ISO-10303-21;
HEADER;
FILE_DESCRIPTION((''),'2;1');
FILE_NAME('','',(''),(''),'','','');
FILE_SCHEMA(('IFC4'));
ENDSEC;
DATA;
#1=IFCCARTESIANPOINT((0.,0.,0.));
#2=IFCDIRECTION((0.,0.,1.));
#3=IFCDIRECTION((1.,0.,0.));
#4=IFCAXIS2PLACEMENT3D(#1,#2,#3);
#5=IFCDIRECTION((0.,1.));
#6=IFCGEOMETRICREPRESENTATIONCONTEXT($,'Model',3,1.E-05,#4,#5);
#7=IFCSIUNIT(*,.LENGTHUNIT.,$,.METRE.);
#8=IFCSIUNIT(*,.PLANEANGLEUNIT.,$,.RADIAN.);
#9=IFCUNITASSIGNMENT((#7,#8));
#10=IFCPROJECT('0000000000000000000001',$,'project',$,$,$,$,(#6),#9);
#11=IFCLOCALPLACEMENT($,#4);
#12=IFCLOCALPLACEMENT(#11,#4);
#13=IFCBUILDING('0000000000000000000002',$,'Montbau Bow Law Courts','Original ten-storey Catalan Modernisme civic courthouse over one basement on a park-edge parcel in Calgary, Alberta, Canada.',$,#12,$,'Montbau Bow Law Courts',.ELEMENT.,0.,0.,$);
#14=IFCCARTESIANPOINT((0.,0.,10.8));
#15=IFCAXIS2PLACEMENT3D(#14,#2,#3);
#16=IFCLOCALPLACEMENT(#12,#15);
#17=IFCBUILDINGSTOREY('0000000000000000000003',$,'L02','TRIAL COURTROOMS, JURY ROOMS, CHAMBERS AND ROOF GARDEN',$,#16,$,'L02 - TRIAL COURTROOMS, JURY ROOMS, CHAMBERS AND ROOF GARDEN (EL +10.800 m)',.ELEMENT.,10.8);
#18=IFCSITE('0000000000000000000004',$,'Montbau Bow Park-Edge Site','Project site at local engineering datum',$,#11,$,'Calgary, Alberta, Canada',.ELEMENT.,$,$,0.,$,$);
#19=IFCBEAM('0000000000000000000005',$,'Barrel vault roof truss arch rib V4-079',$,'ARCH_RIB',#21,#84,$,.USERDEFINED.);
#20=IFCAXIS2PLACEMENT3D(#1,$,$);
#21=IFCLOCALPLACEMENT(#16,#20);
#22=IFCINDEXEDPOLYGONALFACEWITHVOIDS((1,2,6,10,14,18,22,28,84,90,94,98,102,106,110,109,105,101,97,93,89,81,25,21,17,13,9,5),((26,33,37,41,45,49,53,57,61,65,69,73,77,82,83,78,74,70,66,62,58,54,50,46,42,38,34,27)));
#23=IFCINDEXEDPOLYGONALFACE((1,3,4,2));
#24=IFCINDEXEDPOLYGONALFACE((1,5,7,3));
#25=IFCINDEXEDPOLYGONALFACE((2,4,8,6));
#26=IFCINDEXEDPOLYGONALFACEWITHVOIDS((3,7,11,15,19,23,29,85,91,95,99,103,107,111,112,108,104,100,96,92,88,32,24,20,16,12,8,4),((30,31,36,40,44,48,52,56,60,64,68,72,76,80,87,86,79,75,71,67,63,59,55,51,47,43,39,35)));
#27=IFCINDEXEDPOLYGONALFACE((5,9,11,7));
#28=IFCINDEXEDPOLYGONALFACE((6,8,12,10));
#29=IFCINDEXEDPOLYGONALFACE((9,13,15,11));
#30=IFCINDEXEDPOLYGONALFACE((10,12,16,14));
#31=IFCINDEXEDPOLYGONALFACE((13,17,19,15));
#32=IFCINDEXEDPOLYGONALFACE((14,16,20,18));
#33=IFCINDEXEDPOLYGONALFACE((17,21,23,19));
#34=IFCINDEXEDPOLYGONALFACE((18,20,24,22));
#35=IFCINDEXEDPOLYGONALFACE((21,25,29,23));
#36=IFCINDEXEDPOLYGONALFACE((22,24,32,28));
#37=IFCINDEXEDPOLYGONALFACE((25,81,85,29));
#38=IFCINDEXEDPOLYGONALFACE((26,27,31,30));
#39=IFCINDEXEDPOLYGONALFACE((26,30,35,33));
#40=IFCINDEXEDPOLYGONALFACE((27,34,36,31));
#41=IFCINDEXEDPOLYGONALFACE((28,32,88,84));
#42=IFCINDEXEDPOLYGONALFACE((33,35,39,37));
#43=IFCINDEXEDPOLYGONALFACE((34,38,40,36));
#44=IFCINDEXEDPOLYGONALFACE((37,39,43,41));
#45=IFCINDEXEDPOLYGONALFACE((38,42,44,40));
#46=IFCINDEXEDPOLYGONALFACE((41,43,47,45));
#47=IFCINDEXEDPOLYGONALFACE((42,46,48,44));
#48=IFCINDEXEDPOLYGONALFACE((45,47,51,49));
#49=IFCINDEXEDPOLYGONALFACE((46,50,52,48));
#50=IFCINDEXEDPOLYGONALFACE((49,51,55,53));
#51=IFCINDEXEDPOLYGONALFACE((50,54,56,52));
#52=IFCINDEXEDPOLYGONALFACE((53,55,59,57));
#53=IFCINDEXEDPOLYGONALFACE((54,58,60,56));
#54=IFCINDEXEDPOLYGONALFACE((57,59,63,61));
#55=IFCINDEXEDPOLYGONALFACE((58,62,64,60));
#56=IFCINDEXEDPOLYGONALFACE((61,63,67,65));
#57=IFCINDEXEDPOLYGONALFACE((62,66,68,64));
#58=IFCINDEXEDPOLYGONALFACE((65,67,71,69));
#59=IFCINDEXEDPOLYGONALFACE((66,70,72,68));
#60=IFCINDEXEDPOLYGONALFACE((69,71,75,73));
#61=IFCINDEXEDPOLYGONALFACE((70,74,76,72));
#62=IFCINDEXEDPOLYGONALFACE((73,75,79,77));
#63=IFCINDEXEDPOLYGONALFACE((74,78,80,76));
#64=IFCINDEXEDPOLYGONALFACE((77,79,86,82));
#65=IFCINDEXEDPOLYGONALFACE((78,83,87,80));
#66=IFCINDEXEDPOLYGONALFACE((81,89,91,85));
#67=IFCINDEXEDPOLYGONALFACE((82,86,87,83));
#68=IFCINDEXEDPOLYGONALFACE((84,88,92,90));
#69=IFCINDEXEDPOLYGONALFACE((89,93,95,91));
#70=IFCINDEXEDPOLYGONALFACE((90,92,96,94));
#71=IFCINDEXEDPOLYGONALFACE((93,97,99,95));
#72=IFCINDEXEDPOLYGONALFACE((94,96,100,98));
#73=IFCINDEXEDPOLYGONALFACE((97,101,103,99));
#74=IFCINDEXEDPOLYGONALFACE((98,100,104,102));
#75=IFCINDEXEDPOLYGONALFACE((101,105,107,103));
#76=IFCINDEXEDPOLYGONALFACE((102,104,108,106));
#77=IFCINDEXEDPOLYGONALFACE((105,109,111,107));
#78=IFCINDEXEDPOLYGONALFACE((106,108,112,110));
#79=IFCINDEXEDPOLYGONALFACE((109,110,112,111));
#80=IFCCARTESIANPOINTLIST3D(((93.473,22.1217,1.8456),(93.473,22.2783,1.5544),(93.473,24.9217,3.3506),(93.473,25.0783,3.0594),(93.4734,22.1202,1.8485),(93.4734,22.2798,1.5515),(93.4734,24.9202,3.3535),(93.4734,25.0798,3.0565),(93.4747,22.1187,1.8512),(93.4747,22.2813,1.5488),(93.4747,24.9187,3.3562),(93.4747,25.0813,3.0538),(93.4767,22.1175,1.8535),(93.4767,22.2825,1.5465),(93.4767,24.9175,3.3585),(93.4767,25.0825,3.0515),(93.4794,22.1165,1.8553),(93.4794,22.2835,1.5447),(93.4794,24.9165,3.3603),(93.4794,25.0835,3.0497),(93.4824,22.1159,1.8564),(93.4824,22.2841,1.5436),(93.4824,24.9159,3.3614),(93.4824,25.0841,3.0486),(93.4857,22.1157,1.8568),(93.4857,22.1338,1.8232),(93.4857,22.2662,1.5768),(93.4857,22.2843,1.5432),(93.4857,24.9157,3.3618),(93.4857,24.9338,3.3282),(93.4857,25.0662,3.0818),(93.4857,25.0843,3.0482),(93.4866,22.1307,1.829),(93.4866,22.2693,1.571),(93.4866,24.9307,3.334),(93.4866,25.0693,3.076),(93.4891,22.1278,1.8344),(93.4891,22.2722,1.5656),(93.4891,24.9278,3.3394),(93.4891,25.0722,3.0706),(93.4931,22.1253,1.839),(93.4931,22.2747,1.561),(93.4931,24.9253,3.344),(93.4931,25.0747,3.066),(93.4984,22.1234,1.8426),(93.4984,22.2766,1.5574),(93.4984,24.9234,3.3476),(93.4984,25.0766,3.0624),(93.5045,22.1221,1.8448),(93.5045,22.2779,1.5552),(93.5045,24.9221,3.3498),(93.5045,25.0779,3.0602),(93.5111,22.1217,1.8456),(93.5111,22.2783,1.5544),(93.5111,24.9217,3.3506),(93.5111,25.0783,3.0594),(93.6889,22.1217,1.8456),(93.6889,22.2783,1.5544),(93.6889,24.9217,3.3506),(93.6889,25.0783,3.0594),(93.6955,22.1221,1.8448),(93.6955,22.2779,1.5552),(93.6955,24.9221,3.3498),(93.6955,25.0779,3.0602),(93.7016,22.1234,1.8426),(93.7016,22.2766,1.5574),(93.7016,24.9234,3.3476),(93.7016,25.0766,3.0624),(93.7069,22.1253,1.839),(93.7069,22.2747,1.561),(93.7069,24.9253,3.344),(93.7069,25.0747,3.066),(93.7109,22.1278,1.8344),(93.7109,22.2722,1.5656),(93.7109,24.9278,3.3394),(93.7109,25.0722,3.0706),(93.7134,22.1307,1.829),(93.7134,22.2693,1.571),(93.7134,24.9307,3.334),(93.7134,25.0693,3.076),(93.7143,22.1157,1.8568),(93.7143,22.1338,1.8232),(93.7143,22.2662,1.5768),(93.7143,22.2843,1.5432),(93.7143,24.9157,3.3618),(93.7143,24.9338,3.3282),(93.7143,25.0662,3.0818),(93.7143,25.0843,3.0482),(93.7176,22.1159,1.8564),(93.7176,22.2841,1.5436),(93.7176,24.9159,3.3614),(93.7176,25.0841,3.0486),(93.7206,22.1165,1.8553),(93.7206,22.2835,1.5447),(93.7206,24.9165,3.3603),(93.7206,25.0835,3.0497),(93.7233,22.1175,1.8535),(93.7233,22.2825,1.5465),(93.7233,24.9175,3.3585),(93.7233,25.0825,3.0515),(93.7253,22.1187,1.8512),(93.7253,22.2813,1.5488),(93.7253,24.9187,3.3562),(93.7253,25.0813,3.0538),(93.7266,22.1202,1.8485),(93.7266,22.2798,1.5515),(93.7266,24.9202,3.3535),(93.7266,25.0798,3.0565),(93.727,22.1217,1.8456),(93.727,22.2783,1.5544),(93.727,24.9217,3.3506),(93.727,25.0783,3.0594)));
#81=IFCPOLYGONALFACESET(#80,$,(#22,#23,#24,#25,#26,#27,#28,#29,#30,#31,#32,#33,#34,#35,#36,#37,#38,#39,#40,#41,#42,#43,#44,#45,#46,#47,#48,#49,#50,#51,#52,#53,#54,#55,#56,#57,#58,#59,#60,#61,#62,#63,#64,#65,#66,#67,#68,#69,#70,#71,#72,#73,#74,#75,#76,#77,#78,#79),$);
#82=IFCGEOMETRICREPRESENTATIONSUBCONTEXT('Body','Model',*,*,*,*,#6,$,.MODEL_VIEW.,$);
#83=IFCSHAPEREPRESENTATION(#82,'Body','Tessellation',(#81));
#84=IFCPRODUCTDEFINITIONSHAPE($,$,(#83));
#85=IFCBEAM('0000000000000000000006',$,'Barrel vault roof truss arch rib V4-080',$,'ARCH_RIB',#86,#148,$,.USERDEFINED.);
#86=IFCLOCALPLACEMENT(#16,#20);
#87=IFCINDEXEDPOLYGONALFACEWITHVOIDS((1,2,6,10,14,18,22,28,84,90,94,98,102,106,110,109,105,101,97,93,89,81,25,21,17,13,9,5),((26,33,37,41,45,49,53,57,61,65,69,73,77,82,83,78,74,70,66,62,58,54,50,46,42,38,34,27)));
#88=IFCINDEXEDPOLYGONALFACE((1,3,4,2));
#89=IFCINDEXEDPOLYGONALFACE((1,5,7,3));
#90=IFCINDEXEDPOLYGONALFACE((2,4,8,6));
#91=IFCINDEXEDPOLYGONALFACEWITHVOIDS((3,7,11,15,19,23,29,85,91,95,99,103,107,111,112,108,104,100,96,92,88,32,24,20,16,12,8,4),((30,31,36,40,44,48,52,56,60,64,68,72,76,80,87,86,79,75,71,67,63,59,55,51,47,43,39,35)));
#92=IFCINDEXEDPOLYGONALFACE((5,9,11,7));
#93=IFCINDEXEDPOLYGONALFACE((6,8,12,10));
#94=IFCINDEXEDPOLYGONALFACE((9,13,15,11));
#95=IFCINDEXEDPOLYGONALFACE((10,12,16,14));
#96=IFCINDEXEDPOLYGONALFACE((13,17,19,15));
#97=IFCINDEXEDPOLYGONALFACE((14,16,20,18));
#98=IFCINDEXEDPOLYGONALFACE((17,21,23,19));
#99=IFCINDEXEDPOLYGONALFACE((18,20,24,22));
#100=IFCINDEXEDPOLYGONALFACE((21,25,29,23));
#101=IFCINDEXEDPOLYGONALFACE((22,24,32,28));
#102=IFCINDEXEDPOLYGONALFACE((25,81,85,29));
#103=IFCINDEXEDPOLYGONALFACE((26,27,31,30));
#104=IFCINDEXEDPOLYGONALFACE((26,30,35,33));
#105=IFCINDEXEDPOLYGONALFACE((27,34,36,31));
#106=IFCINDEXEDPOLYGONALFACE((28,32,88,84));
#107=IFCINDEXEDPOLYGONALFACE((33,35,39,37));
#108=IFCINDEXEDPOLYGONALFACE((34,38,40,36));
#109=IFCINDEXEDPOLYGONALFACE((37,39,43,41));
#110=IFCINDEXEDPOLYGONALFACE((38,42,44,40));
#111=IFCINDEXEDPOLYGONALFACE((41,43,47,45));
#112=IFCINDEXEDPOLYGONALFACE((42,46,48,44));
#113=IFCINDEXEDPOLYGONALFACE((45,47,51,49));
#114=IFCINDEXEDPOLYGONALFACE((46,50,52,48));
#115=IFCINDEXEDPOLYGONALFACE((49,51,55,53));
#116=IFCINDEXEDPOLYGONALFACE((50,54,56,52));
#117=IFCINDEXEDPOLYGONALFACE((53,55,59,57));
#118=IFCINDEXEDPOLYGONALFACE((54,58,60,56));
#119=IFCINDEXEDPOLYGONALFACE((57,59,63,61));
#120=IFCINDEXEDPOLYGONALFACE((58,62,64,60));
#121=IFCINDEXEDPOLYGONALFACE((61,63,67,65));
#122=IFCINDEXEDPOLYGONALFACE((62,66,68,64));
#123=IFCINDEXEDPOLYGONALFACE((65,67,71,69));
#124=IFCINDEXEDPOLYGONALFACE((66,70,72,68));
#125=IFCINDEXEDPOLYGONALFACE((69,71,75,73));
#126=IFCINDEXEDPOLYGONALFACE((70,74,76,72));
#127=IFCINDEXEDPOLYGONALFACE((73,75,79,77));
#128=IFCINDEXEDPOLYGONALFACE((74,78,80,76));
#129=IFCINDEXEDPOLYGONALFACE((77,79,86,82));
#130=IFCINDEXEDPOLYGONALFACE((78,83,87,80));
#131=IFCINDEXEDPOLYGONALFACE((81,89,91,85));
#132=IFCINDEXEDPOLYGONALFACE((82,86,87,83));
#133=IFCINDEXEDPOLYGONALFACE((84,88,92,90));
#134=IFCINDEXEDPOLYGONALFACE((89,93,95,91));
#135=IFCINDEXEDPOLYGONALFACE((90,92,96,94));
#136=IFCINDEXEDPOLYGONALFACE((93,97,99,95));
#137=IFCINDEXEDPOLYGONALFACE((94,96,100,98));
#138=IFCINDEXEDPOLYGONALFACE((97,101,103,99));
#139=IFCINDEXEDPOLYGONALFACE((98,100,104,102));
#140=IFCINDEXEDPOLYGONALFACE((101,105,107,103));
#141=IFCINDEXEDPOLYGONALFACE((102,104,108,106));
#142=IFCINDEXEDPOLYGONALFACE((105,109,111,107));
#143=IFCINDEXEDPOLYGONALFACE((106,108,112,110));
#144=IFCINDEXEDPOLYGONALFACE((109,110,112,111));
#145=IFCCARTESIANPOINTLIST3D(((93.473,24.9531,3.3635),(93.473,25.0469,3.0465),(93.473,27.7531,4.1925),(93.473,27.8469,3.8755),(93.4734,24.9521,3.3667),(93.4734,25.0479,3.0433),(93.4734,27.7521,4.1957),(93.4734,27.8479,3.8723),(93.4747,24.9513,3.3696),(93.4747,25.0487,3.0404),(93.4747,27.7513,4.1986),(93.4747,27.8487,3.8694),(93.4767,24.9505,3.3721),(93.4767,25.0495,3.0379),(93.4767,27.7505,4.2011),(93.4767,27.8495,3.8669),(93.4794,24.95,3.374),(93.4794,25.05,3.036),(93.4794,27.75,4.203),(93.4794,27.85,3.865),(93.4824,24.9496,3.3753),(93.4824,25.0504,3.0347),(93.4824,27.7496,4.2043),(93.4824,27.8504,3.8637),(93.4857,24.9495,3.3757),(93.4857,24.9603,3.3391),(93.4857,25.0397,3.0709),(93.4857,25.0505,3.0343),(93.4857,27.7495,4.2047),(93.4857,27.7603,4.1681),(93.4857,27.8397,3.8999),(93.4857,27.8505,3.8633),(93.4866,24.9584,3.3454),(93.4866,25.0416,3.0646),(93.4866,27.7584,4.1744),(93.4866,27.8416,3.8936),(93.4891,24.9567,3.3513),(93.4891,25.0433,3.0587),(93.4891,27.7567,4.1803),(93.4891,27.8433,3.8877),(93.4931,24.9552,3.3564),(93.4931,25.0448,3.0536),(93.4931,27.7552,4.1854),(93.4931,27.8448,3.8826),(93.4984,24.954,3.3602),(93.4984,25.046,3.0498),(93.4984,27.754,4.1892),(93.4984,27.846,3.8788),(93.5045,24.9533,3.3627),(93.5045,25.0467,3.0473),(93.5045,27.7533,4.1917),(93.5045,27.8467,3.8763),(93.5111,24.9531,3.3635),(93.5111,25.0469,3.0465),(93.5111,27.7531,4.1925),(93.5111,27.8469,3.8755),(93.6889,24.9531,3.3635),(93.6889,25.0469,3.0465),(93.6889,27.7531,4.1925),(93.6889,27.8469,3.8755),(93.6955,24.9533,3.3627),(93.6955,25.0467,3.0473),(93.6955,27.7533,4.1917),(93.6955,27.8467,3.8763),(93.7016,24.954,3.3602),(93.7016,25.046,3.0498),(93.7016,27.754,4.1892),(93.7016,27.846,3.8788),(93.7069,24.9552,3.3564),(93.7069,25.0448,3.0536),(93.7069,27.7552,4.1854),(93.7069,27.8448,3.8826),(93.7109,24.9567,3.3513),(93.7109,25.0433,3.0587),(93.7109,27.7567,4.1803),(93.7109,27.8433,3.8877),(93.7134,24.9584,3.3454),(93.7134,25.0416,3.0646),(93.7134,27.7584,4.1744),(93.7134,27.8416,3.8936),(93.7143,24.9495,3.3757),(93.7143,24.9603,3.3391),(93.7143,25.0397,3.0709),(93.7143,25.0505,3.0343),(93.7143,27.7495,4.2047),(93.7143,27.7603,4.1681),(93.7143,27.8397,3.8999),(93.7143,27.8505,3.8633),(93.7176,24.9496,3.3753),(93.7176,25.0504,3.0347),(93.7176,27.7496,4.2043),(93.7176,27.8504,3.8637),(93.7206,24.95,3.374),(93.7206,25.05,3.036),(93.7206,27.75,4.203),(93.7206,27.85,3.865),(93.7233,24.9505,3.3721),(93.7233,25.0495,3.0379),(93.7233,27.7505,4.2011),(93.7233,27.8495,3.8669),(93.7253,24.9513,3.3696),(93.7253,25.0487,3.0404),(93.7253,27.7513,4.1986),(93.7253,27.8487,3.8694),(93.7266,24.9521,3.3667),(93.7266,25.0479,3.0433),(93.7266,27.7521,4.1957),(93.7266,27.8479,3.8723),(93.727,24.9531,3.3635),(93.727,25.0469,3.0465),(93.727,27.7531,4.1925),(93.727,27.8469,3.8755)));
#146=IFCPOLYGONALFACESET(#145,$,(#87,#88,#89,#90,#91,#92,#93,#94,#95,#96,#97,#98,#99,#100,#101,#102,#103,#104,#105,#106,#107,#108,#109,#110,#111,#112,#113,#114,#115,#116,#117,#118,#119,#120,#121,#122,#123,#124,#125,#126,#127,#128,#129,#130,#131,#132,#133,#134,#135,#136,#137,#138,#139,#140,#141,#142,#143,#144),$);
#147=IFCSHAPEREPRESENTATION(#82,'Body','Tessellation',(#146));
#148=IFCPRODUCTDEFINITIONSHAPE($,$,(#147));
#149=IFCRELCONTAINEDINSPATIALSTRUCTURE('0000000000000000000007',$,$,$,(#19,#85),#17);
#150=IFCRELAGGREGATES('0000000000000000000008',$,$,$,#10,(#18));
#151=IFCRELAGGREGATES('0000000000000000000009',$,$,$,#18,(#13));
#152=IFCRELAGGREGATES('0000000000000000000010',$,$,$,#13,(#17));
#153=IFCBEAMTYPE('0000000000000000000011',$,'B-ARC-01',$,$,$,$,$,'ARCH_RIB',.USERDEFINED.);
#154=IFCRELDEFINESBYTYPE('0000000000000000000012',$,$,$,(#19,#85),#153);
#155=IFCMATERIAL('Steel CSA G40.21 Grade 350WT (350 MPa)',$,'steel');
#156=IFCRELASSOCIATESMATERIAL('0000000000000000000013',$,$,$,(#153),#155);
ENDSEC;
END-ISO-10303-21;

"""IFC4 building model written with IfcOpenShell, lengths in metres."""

from ifc_helpers import new_model, si_unit, direction, frame, origin_with_axes, origin_2d_with_axis, place, context, subcontext, project, spatial, hollow_rectangle, extrude, material, material_profile, profile_set, type_object, element, save


model = new_model("IFC4")

# Units and contexts
model_context = context("Model", 3, precision=1e-05, world=origin_with_axes(), true_north=direction((0.0, 1.0)))
body_context = subcontext(model_context, "Body", "Model", "MODEL_VIEW")
ifc_project = project(units=[si_unit("LENGTHUNIT", "METRE"), si_unit("PLANEANGLEUNIT", "RADIAN")], contexts=[model_context])

# Site, building, storey
site_placement = place(None, origin_with_axes())
site = spatial("IfcSite", under=ifc_project, at=site_placement, Name="Montbau Bow Park-Edge Site", Description="Project site at local engineering datum", LongName="Calgary, Alberta, Canada", CompositionType="ELEMENT", RefElevation=0.0)
building_placement = place(site_placement, origin_with_axes())
building = spatial("IfcBuilding", under=site, at=building_placement, Name="Montbau Bow Law Courts", Description="Original ten-storey Catalan Modernisme civic courthouse over one basement on a park-edge parcel in Calgary, Alberta, Canada.", LongName="Montbau Bow Law Courts", CompositionType="ELEMENT", ElevationOfRefHeight=0.0, ElevationOfTerrain=0.0)
storey_placement = place(building_placement, frame((0.0, 0.0, 10.8), z_axis=(0.0, 0.0, 1.0), x_axis=(1.0, 0.0, 0.0)))
storey = spatial("IfcBuildingStorey", under=building, at=storey_placement, Name="L02", Description="TRIAL COURTROOMS, JURY ROOMS, CHAMBERS AND ROOF GARDEN", LongName="L02 - TRIAL COURTROOMS, JURY ROOMS, CHAMBERS AND ROOF GARDEN (EL +10.800 m)", CompositionType="ELEMENT", Elevation=10.8)

# Beams
ifc_material_1 = material(Name="Steel CSA G40.21 Grade 350WT (350 MPa)", Category="steel")
ifc_material_profile_1 = material_profile(ifc_material_1, hollow_rectangle(XDim=0.254, YDim=0.356, WallThickness=0.0127, InnerFilletRadius=0.0254, OuterFilletRadius=0.0127, at=origin_2d_with_axis()), Name="HSS356X254X13", Category="Main", Priority=0)
ifc_profile_set_1 = profile_set([ifc_material_profile_1], Name="Steel CSA G40.21 Grade 350WT (350 MPa)")
beam_type_1 = type_object("IfcBeamType", Name="B-ARC-01", ElementType="ARCH_RIB", PredefinedType="USERDEFINED", material=ifc_profile_set_1)
beam_1_placement = place(None, frame((93.6, 22.2, 12.5), z_axis=(0.0, 0.880824, 0.473443), x_axis=(-1.0, 0.0, 0.0)))
element("IfcBeam", 1, at=beam_1_placement, inside=storey, type_object=beam_type_1, Name="Barrel vault roof truss arch rib V4-079", ObjectType="ARCH_RIB", PredefinedType="USERDEFINED", context=body_context, shape_type="SweptSolid", body=[
    extrude(hollow_rectangle(XDim=0.254, YDim=0.356, WallThickness=0.0127, InnerFilletRadius=0.0254, OuterFilletRadius=0.0127, at=origin_2d_with_axis()), origin_with_axes(), (0.0, 0.0, 1.0), 3.1788),
])
beam_2_placement = place(None, frame((93.6, 25.0, 14.005), z_axis=(0.0, 0.958857, 0.28389), x_axis=(-1.0, 0.0, 0.0)))
element("IfcBeam", 2, at=beam_2_placement, inside=storey, type_object=beam_type_1, Name="Barrel vault roof truss arch rib V4-080", ObjectType="ARCH_RIB", PredefinedType="USERDEFINED", context=body_context, shape_type="SweptSolid", body=[
    extrude(hollow_rectangle(XDim=0.254, YDim=0.356, WallThickness=0.0127, InnerFilletRadius=0.0254, OuterFilletRadius=0.0127, at=origin_2d_with_axis()), origin_with_axes(), (0.0, 0.0, 1.0), 2.9201),
])

save(model, "model.ifc")
